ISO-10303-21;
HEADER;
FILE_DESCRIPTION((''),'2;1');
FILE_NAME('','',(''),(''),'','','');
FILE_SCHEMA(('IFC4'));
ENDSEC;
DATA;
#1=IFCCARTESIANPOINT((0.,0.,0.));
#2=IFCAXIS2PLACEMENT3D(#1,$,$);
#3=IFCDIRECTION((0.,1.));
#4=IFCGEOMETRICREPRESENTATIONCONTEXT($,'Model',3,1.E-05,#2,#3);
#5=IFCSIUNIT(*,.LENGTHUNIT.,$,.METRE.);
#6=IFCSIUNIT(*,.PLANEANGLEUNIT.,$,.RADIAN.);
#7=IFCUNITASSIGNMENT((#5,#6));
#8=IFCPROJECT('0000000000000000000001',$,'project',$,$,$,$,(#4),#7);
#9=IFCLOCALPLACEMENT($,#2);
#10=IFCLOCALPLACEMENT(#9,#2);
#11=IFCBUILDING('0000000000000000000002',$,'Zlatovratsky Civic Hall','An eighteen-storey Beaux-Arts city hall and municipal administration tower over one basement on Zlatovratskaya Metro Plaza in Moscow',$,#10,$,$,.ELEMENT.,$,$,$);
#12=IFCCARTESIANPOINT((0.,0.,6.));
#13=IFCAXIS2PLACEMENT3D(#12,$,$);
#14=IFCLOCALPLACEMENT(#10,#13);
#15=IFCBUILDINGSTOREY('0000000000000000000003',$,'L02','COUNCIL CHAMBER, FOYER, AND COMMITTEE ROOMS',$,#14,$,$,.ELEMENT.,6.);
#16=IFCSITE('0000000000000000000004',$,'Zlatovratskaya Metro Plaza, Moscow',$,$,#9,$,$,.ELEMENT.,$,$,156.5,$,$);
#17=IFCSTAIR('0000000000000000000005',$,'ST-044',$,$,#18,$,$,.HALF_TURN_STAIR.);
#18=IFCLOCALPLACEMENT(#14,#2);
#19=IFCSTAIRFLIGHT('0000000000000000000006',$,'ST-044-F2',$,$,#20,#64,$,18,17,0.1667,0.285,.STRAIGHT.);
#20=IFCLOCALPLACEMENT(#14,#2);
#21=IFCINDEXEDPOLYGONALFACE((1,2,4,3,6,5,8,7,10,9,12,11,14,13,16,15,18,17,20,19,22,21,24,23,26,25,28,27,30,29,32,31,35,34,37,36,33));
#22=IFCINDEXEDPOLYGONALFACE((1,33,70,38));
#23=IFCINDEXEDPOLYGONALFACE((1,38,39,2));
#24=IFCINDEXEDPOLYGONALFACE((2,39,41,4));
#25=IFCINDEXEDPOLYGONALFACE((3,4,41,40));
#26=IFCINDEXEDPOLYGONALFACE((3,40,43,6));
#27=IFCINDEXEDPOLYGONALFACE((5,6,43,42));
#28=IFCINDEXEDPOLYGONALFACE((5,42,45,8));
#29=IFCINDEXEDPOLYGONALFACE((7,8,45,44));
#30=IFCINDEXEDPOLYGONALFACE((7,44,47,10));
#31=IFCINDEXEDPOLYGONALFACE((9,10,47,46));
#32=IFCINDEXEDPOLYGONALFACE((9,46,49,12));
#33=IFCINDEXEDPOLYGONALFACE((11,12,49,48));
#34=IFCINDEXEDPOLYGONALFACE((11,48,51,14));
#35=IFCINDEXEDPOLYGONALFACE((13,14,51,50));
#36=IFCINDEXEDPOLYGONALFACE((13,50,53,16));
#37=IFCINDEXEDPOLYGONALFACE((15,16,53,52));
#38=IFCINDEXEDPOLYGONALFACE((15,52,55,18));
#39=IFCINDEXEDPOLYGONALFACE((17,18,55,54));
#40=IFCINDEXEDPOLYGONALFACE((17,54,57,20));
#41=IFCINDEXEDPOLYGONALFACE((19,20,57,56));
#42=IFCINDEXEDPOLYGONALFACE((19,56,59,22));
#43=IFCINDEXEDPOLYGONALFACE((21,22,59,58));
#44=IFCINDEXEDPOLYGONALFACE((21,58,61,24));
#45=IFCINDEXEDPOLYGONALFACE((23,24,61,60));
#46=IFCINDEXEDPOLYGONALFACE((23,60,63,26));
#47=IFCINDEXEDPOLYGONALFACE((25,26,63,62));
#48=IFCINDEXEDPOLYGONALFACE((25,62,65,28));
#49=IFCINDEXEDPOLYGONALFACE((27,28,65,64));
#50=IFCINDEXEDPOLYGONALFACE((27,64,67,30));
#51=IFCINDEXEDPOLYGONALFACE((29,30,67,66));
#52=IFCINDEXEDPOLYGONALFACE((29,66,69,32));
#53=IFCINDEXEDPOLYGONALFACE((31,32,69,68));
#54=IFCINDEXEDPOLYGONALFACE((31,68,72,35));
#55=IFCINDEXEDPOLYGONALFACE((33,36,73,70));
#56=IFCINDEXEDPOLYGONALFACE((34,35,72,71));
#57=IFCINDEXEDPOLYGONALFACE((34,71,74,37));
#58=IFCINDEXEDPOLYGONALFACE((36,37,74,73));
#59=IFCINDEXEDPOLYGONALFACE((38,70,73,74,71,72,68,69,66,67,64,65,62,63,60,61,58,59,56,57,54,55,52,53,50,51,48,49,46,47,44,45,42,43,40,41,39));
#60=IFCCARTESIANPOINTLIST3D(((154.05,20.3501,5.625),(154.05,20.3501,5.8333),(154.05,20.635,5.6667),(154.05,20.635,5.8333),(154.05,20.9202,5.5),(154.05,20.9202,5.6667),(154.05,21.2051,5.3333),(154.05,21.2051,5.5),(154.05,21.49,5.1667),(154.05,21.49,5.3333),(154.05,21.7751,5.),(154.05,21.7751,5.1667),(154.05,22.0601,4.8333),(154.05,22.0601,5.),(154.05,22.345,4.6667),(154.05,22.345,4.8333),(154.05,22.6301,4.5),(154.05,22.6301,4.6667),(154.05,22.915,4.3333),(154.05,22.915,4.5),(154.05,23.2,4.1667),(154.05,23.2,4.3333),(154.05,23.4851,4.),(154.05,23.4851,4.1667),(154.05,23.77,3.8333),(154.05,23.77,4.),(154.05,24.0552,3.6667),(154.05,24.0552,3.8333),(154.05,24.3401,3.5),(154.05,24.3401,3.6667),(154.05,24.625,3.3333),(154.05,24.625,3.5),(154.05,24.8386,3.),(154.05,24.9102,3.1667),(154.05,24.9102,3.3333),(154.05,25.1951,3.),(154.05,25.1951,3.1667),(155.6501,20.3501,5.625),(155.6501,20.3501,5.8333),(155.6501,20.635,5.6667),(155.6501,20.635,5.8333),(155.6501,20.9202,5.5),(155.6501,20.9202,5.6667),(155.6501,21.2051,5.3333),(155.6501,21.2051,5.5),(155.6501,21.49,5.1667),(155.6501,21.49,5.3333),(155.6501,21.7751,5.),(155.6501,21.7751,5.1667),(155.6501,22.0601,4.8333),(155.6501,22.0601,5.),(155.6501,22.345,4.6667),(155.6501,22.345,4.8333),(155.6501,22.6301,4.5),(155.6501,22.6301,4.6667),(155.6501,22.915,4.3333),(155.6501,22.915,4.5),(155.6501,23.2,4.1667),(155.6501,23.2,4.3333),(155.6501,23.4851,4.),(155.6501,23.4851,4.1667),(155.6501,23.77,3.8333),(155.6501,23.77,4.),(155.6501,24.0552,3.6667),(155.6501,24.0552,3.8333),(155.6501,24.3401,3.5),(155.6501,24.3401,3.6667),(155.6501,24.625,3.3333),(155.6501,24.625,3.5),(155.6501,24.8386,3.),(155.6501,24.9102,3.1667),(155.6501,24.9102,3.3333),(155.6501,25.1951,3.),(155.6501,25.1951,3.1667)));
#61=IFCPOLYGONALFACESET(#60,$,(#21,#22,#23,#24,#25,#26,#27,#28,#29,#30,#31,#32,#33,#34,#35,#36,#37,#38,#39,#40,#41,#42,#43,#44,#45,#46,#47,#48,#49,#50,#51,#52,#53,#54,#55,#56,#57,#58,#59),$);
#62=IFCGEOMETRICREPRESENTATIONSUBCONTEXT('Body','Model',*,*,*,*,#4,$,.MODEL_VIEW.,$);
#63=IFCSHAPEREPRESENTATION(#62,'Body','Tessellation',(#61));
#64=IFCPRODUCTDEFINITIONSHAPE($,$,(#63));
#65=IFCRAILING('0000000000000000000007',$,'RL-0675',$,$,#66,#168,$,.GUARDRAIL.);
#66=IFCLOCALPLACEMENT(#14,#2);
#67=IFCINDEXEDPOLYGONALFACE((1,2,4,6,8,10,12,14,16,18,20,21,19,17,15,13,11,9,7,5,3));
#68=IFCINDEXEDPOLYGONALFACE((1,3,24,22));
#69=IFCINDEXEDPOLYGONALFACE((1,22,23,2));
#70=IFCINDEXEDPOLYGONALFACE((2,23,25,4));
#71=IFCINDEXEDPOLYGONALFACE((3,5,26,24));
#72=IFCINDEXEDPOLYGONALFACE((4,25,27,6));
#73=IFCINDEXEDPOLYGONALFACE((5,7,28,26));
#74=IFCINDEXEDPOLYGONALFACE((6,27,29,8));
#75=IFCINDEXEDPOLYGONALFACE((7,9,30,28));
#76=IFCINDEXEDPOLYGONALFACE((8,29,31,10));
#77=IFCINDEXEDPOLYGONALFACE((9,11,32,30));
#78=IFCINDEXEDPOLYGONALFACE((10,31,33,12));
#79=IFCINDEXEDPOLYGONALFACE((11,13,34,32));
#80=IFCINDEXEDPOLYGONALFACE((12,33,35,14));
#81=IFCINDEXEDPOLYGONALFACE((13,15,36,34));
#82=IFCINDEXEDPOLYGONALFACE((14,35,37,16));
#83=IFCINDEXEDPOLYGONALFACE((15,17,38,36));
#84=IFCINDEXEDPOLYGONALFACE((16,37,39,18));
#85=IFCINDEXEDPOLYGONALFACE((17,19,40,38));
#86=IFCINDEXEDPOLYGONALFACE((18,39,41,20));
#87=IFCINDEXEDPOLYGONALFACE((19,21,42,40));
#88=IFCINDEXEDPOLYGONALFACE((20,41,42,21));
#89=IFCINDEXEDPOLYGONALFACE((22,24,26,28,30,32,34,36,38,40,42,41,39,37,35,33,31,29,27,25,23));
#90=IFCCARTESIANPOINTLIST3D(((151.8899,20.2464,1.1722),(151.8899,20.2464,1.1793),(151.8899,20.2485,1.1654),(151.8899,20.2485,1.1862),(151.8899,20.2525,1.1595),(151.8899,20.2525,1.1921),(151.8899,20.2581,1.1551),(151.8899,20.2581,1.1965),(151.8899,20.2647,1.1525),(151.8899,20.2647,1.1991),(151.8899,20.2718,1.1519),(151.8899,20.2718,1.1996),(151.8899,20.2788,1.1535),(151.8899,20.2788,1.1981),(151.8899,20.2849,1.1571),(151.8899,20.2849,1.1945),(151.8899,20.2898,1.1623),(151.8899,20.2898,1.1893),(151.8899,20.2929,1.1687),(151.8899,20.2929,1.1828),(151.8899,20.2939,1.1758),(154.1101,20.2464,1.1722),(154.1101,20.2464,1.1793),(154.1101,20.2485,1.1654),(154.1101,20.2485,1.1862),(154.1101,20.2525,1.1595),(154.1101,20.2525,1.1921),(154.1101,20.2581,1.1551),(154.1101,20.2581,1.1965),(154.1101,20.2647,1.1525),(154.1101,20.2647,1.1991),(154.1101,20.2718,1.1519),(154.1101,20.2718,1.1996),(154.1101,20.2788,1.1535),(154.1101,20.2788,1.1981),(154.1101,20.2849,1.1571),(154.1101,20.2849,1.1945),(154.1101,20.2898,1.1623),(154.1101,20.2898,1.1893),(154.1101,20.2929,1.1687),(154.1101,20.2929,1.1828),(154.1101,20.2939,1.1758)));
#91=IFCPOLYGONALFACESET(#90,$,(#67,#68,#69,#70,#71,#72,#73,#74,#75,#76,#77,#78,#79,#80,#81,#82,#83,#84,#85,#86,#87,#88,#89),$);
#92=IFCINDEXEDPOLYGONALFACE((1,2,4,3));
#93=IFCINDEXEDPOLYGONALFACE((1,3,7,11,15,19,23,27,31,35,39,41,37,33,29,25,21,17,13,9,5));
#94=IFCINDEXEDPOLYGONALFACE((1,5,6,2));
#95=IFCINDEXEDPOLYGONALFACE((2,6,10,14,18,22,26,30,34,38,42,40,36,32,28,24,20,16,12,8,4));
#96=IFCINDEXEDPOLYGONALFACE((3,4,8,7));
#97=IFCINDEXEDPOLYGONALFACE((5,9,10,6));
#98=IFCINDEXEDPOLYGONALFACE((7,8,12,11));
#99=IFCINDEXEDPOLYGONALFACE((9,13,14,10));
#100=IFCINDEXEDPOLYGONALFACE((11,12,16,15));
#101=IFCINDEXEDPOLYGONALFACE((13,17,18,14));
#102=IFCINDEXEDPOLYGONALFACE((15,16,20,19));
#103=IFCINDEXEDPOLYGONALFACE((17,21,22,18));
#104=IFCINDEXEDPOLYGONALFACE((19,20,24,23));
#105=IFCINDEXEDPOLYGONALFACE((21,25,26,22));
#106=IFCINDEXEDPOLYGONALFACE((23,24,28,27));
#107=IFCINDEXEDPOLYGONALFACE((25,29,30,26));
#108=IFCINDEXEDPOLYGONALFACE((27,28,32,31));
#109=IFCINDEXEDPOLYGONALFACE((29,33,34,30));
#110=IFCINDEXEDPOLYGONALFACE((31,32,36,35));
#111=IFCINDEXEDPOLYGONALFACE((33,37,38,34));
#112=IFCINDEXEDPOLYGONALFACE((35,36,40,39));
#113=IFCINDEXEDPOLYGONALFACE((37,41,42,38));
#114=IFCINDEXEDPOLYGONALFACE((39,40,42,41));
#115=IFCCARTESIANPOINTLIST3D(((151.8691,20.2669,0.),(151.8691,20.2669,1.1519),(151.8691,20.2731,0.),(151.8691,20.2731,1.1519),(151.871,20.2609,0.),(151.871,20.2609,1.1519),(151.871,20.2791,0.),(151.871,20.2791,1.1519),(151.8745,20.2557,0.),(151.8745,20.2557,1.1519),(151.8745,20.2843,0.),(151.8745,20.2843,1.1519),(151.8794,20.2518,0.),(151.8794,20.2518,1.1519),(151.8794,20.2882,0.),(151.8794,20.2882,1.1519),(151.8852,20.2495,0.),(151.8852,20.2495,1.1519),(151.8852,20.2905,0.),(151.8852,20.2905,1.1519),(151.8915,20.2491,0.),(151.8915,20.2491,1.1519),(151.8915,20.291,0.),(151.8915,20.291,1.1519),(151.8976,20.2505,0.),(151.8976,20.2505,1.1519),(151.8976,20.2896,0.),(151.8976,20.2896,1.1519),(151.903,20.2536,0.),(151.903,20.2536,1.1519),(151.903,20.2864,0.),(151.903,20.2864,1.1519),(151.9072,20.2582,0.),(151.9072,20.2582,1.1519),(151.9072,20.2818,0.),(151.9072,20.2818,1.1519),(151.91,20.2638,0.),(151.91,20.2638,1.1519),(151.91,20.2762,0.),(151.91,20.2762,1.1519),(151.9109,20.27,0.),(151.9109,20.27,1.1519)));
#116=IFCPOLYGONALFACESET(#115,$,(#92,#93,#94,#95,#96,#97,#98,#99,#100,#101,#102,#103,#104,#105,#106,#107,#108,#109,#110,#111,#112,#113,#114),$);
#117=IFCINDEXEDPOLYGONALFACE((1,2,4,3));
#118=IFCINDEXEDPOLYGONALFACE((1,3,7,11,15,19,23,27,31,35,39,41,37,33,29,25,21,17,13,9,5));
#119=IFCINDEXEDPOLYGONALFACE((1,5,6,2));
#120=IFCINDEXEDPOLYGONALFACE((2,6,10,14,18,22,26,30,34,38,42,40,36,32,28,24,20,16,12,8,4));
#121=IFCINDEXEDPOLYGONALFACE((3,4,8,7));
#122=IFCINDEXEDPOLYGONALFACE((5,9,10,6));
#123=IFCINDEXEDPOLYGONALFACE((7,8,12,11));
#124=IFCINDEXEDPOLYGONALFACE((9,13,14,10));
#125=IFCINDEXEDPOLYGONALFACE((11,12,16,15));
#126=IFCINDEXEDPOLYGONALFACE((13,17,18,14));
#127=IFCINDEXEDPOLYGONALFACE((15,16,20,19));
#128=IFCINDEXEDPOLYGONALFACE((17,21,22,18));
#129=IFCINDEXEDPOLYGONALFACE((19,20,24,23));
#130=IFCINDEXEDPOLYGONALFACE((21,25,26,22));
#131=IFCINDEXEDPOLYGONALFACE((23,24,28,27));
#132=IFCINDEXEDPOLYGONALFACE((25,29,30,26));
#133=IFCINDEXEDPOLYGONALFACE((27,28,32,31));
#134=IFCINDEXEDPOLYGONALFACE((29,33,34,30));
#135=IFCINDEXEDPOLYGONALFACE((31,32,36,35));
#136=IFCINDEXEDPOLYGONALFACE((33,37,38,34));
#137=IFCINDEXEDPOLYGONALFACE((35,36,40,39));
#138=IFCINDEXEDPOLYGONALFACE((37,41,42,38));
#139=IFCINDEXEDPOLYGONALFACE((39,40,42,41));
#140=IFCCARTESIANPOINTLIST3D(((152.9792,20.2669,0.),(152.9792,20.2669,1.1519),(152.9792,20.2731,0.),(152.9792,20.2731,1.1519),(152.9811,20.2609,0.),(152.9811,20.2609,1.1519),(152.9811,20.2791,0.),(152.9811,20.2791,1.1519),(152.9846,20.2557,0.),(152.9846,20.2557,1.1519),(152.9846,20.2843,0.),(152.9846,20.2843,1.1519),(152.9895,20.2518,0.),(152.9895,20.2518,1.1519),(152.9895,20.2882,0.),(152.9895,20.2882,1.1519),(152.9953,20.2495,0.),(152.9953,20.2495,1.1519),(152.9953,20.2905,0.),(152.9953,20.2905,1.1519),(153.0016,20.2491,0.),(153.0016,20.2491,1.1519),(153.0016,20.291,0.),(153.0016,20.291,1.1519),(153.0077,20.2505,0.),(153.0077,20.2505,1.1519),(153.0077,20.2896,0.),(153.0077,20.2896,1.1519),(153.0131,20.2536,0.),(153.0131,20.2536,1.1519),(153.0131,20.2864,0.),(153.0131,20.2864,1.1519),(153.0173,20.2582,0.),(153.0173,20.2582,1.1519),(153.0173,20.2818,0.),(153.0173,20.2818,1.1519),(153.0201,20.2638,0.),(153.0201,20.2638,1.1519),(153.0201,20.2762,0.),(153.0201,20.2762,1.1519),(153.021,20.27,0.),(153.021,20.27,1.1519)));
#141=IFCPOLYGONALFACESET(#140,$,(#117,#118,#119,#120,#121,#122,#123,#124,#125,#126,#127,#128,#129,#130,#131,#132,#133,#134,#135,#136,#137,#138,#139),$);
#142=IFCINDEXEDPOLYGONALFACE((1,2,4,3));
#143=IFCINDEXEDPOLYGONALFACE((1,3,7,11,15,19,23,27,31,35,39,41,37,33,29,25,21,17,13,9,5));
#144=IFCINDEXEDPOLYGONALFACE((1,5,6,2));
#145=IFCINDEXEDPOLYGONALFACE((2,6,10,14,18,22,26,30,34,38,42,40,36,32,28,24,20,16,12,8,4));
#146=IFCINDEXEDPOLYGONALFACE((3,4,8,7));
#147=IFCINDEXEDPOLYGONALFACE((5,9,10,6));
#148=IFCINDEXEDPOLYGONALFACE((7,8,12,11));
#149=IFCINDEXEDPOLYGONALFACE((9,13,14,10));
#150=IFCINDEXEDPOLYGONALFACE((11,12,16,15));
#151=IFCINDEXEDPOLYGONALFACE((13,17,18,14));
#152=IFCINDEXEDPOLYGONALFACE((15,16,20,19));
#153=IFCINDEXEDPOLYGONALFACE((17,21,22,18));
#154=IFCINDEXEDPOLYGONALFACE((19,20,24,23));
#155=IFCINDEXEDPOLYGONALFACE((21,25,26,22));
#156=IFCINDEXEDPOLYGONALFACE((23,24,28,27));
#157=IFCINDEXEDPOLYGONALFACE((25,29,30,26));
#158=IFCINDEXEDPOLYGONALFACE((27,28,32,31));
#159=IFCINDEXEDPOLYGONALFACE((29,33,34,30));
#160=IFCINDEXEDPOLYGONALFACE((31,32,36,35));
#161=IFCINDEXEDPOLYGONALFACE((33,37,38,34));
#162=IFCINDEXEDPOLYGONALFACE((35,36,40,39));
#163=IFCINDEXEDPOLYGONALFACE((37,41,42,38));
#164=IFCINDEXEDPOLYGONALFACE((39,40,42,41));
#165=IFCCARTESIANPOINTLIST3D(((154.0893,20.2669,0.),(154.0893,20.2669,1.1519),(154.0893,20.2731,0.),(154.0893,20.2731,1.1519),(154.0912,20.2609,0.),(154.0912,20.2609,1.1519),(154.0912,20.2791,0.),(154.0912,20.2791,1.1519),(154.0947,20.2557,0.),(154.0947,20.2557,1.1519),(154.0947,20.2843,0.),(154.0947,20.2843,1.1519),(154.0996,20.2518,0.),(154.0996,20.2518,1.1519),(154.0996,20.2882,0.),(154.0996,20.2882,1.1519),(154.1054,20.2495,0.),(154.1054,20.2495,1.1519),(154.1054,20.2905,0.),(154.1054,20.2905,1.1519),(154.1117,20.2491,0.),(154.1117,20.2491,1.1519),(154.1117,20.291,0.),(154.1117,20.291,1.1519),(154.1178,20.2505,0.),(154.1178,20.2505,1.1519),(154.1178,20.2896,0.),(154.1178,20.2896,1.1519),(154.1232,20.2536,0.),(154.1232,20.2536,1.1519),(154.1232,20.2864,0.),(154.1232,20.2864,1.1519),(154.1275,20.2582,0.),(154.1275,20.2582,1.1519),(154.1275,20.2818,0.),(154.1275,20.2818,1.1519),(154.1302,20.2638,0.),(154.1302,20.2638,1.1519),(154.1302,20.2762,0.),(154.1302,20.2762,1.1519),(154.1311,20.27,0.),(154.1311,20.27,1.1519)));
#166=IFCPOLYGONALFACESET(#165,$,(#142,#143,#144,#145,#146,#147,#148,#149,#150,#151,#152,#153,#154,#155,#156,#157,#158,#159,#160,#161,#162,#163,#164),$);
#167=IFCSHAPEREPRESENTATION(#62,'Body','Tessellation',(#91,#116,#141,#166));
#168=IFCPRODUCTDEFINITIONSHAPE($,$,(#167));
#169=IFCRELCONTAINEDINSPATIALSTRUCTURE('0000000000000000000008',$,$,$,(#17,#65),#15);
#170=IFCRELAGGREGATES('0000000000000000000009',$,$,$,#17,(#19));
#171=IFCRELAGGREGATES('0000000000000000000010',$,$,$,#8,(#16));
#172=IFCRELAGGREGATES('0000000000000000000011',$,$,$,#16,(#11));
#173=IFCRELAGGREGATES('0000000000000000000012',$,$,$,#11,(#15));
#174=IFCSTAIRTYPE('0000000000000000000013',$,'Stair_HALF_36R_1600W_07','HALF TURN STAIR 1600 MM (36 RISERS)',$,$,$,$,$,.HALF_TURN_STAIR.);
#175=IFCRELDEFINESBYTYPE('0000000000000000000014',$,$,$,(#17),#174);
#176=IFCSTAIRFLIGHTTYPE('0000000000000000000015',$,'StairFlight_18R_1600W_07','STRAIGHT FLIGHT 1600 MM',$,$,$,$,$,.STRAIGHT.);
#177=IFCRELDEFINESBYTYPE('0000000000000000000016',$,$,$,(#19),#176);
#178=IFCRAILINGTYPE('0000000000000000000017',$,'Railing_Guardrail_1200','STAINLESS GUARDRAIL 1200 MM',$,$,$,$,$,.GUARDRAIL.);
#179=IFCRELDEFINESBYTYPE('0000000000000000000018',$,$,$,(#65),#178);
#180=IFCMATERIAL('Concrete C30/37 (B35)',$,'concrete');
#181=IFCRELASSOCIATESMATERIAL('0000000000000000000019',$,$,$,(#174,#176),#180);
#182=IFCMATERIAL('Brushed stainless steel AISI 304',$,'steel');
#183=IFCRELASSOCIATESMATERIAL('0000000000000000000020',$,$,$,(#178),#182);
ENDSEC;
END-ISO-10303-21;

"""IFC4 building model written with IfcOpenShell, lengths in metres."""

from ifc_helpers import new_model, si_unit, direction, frame, origin, origin_2d, place, context, subcontext, project, spatial, polyline, circle, outline, extrude, material, type_object, element, aggregate, save


model = new_model("IFC4")

# Units and contexts
model_context = context("Model", 3, precision=1e-05, world=origin(), true_north=direction((0.0, 1.0)))
body_context = subcontext(model_context, "Body", "Model", "MODEL_VIEW")
ifc_project = project(units=[si_unit("LENGTHUNIT", "METRE"), si_unit("PLANEANGLEUNIT", "RADIAN")], contexts=[model_context])

# Site, building, storey
site_placement = place(None, origin())
site = spatial("IfcSite", under=ifc_project, at=site_placement, Name="Zlatovratskaya Metro Plaza, Moscow", CompositionType="ELEMENT", RefElevation=156.5)
building_placement = place(site_placement, origin())
building = spatial("IfcBuilding", under=site, at=building_placement, Name="Zlatovratsky Civic Hall", Description="An eighteen-storey Beaux-Arts city hall and municipal administration tower over one basement on Zlatovratskaya Metro Plaza in Moscow", CompositionType="ELEMENT")
storey_placement = place(building_placement, frame((0.0, 0.0, 6.0)))
storey = spatial("IfcBuildingStorey", under=building, at=storey_placement, Name="L02", Description="COUNCIL CHAMBER, FOYER, AND COMMITTEE ROOMS", CompositionType="ELEMENT", Elevation=6.0)

# Stair, stair flight
ifc_material_1 = material(Name="Concrete C30/37 (B35)", Category="concrete")
stair_type = type_object("IfcStairType", Name="Stair_HALF_36R_1600W_07", Description="HALF TURN STAIR 1600 MM (36 RISERS)", PredefinedType="HALF_TURN_STAIR", material=ifc_material_1)
stair_placement = place(storey_placement, origin())
stair = element("IfcStair", 1, at=stair_placement, inside=storey, type_object=stair_type, Name="ST-044", PredefinedType="HALF_TURN_STAIR")
stair_flight_type = type_object("IfcStairFlightType", Name="StairFlight_18R_1600W_07", Description="STRAIGHT FLIGHT 1600 MM", PredefinedType="STRAIGHT", material=ifc_material_1)
stair_flight_1_placement = place(storey_placement, frame((154.8501, 25.1951, 3.0), z_axis=(0.0, 0.0, 1.0), x_axis=(0.0, -1.0, 0.0)))
stair_flight_1 = element("IfcStairFlight", 2, at=stair_flight_1_placement, type_object=stair_flight_type, Name="ST-044-F2", NumberOfRisers=18, NumberOfTreads=17, PredefinedType="STRAIGHT", RiserHeight=0.1667, TreadLength=0.285, context=body_context, shape_type="SweptSolid", body=[
    extrude(outline(polyline([(0.0, 0.0), (0.0, 0.1667), (0.2849, 0.1667), (0.2849, 0.3333), (0.5701, 0.3333), (0.5701, 0.5), (0.855, 0.5), (0.855, 0.6667), (1.1399, 0.6667), (1.1399, 0.8333), (1.425, 0.8333), (1.425, 1.0), (1.71, 1.0), (1.71, 1.1667), (1.9951, 1.1667), (1.9951, 1.3333), (2.28, 1.3333), (2.28, 1.5), (2.5649, 1.5), (2.5649, 1.6667), (2.8501, 1.6667), (2.8501, 1.8333), (3.135, 1.8333), (3.135, 2.0), (3.4199, 2.0), (3.4199, 2.1667), (3.7051, 2.1667), (3.7051, 2.3333), (3.99, 2.3333), (3.99, 2.5), (4.2749, 2.5), (4.2749, 2.6667), (4.5601, 2.6667), (4.5601, 2.8333), (4.845, 2.8333), (4.845, 3.0), (4.845, 2.625), (0.3564, 0.0), (0.0, 0.0)])), frame((0.0, 0.8, 0.0), z_axis=(0.0, -1.0, 0.0), x_axis=(1.0, 0.0, 0.0)), (0.0, 0.0, 1.0), 1.6001),
])
aggregate(stair, [stair_flight_1])

# Railing
ifc_material_2 = material(Name="Brushed stainless steel AISI 304", Category="steel")
railing_type_1 = type_object("IfcRailingType", Name="Railing_Guardrail_1200", Description="STAINLESS GUARDRAIL 1200 MM", PredefinedType="GUARDRAIL", material=ifc_material_2)
railing_1_placement = place(storey_placement, frame((151.8899, 20.27, 0.0)))
element("IfcRailing", 3, at=railing_1_placement, inside=storey, type_object=railing_type_1, Name="RL-0675", PredefinedType="GUARDRAIL", context=body_context, shape_type="SweptSolid", body=[
    extrude(circle(Radius=0.0239, at=origin_2d()), frame((0.0, 0.0, 1.1758), z_axis=(1.0, 0.0, 0.0), x_axis=(0.0, 1.0, 0.0)), (0.0, 0.0, 1.0), 2.2202),
    extrude(circle(Radius=0.021, at=origin_2d()), origin(), (0.0, 0.0, 1.0), 1.1519),
    extrude(circle(Radius=0.021, at=origin_2d()), frame((1.1101, 0.0, 0.0)), (0.0, 0.0, 1.0), 1.1519),
    extrude(circle(Radius=0.021, at=origin_2d()), frame((2.2202, 0.0, 0.0)), (0.0, 0.0, 1.0), 1.1519),
])

save(model, "model.ifc")
